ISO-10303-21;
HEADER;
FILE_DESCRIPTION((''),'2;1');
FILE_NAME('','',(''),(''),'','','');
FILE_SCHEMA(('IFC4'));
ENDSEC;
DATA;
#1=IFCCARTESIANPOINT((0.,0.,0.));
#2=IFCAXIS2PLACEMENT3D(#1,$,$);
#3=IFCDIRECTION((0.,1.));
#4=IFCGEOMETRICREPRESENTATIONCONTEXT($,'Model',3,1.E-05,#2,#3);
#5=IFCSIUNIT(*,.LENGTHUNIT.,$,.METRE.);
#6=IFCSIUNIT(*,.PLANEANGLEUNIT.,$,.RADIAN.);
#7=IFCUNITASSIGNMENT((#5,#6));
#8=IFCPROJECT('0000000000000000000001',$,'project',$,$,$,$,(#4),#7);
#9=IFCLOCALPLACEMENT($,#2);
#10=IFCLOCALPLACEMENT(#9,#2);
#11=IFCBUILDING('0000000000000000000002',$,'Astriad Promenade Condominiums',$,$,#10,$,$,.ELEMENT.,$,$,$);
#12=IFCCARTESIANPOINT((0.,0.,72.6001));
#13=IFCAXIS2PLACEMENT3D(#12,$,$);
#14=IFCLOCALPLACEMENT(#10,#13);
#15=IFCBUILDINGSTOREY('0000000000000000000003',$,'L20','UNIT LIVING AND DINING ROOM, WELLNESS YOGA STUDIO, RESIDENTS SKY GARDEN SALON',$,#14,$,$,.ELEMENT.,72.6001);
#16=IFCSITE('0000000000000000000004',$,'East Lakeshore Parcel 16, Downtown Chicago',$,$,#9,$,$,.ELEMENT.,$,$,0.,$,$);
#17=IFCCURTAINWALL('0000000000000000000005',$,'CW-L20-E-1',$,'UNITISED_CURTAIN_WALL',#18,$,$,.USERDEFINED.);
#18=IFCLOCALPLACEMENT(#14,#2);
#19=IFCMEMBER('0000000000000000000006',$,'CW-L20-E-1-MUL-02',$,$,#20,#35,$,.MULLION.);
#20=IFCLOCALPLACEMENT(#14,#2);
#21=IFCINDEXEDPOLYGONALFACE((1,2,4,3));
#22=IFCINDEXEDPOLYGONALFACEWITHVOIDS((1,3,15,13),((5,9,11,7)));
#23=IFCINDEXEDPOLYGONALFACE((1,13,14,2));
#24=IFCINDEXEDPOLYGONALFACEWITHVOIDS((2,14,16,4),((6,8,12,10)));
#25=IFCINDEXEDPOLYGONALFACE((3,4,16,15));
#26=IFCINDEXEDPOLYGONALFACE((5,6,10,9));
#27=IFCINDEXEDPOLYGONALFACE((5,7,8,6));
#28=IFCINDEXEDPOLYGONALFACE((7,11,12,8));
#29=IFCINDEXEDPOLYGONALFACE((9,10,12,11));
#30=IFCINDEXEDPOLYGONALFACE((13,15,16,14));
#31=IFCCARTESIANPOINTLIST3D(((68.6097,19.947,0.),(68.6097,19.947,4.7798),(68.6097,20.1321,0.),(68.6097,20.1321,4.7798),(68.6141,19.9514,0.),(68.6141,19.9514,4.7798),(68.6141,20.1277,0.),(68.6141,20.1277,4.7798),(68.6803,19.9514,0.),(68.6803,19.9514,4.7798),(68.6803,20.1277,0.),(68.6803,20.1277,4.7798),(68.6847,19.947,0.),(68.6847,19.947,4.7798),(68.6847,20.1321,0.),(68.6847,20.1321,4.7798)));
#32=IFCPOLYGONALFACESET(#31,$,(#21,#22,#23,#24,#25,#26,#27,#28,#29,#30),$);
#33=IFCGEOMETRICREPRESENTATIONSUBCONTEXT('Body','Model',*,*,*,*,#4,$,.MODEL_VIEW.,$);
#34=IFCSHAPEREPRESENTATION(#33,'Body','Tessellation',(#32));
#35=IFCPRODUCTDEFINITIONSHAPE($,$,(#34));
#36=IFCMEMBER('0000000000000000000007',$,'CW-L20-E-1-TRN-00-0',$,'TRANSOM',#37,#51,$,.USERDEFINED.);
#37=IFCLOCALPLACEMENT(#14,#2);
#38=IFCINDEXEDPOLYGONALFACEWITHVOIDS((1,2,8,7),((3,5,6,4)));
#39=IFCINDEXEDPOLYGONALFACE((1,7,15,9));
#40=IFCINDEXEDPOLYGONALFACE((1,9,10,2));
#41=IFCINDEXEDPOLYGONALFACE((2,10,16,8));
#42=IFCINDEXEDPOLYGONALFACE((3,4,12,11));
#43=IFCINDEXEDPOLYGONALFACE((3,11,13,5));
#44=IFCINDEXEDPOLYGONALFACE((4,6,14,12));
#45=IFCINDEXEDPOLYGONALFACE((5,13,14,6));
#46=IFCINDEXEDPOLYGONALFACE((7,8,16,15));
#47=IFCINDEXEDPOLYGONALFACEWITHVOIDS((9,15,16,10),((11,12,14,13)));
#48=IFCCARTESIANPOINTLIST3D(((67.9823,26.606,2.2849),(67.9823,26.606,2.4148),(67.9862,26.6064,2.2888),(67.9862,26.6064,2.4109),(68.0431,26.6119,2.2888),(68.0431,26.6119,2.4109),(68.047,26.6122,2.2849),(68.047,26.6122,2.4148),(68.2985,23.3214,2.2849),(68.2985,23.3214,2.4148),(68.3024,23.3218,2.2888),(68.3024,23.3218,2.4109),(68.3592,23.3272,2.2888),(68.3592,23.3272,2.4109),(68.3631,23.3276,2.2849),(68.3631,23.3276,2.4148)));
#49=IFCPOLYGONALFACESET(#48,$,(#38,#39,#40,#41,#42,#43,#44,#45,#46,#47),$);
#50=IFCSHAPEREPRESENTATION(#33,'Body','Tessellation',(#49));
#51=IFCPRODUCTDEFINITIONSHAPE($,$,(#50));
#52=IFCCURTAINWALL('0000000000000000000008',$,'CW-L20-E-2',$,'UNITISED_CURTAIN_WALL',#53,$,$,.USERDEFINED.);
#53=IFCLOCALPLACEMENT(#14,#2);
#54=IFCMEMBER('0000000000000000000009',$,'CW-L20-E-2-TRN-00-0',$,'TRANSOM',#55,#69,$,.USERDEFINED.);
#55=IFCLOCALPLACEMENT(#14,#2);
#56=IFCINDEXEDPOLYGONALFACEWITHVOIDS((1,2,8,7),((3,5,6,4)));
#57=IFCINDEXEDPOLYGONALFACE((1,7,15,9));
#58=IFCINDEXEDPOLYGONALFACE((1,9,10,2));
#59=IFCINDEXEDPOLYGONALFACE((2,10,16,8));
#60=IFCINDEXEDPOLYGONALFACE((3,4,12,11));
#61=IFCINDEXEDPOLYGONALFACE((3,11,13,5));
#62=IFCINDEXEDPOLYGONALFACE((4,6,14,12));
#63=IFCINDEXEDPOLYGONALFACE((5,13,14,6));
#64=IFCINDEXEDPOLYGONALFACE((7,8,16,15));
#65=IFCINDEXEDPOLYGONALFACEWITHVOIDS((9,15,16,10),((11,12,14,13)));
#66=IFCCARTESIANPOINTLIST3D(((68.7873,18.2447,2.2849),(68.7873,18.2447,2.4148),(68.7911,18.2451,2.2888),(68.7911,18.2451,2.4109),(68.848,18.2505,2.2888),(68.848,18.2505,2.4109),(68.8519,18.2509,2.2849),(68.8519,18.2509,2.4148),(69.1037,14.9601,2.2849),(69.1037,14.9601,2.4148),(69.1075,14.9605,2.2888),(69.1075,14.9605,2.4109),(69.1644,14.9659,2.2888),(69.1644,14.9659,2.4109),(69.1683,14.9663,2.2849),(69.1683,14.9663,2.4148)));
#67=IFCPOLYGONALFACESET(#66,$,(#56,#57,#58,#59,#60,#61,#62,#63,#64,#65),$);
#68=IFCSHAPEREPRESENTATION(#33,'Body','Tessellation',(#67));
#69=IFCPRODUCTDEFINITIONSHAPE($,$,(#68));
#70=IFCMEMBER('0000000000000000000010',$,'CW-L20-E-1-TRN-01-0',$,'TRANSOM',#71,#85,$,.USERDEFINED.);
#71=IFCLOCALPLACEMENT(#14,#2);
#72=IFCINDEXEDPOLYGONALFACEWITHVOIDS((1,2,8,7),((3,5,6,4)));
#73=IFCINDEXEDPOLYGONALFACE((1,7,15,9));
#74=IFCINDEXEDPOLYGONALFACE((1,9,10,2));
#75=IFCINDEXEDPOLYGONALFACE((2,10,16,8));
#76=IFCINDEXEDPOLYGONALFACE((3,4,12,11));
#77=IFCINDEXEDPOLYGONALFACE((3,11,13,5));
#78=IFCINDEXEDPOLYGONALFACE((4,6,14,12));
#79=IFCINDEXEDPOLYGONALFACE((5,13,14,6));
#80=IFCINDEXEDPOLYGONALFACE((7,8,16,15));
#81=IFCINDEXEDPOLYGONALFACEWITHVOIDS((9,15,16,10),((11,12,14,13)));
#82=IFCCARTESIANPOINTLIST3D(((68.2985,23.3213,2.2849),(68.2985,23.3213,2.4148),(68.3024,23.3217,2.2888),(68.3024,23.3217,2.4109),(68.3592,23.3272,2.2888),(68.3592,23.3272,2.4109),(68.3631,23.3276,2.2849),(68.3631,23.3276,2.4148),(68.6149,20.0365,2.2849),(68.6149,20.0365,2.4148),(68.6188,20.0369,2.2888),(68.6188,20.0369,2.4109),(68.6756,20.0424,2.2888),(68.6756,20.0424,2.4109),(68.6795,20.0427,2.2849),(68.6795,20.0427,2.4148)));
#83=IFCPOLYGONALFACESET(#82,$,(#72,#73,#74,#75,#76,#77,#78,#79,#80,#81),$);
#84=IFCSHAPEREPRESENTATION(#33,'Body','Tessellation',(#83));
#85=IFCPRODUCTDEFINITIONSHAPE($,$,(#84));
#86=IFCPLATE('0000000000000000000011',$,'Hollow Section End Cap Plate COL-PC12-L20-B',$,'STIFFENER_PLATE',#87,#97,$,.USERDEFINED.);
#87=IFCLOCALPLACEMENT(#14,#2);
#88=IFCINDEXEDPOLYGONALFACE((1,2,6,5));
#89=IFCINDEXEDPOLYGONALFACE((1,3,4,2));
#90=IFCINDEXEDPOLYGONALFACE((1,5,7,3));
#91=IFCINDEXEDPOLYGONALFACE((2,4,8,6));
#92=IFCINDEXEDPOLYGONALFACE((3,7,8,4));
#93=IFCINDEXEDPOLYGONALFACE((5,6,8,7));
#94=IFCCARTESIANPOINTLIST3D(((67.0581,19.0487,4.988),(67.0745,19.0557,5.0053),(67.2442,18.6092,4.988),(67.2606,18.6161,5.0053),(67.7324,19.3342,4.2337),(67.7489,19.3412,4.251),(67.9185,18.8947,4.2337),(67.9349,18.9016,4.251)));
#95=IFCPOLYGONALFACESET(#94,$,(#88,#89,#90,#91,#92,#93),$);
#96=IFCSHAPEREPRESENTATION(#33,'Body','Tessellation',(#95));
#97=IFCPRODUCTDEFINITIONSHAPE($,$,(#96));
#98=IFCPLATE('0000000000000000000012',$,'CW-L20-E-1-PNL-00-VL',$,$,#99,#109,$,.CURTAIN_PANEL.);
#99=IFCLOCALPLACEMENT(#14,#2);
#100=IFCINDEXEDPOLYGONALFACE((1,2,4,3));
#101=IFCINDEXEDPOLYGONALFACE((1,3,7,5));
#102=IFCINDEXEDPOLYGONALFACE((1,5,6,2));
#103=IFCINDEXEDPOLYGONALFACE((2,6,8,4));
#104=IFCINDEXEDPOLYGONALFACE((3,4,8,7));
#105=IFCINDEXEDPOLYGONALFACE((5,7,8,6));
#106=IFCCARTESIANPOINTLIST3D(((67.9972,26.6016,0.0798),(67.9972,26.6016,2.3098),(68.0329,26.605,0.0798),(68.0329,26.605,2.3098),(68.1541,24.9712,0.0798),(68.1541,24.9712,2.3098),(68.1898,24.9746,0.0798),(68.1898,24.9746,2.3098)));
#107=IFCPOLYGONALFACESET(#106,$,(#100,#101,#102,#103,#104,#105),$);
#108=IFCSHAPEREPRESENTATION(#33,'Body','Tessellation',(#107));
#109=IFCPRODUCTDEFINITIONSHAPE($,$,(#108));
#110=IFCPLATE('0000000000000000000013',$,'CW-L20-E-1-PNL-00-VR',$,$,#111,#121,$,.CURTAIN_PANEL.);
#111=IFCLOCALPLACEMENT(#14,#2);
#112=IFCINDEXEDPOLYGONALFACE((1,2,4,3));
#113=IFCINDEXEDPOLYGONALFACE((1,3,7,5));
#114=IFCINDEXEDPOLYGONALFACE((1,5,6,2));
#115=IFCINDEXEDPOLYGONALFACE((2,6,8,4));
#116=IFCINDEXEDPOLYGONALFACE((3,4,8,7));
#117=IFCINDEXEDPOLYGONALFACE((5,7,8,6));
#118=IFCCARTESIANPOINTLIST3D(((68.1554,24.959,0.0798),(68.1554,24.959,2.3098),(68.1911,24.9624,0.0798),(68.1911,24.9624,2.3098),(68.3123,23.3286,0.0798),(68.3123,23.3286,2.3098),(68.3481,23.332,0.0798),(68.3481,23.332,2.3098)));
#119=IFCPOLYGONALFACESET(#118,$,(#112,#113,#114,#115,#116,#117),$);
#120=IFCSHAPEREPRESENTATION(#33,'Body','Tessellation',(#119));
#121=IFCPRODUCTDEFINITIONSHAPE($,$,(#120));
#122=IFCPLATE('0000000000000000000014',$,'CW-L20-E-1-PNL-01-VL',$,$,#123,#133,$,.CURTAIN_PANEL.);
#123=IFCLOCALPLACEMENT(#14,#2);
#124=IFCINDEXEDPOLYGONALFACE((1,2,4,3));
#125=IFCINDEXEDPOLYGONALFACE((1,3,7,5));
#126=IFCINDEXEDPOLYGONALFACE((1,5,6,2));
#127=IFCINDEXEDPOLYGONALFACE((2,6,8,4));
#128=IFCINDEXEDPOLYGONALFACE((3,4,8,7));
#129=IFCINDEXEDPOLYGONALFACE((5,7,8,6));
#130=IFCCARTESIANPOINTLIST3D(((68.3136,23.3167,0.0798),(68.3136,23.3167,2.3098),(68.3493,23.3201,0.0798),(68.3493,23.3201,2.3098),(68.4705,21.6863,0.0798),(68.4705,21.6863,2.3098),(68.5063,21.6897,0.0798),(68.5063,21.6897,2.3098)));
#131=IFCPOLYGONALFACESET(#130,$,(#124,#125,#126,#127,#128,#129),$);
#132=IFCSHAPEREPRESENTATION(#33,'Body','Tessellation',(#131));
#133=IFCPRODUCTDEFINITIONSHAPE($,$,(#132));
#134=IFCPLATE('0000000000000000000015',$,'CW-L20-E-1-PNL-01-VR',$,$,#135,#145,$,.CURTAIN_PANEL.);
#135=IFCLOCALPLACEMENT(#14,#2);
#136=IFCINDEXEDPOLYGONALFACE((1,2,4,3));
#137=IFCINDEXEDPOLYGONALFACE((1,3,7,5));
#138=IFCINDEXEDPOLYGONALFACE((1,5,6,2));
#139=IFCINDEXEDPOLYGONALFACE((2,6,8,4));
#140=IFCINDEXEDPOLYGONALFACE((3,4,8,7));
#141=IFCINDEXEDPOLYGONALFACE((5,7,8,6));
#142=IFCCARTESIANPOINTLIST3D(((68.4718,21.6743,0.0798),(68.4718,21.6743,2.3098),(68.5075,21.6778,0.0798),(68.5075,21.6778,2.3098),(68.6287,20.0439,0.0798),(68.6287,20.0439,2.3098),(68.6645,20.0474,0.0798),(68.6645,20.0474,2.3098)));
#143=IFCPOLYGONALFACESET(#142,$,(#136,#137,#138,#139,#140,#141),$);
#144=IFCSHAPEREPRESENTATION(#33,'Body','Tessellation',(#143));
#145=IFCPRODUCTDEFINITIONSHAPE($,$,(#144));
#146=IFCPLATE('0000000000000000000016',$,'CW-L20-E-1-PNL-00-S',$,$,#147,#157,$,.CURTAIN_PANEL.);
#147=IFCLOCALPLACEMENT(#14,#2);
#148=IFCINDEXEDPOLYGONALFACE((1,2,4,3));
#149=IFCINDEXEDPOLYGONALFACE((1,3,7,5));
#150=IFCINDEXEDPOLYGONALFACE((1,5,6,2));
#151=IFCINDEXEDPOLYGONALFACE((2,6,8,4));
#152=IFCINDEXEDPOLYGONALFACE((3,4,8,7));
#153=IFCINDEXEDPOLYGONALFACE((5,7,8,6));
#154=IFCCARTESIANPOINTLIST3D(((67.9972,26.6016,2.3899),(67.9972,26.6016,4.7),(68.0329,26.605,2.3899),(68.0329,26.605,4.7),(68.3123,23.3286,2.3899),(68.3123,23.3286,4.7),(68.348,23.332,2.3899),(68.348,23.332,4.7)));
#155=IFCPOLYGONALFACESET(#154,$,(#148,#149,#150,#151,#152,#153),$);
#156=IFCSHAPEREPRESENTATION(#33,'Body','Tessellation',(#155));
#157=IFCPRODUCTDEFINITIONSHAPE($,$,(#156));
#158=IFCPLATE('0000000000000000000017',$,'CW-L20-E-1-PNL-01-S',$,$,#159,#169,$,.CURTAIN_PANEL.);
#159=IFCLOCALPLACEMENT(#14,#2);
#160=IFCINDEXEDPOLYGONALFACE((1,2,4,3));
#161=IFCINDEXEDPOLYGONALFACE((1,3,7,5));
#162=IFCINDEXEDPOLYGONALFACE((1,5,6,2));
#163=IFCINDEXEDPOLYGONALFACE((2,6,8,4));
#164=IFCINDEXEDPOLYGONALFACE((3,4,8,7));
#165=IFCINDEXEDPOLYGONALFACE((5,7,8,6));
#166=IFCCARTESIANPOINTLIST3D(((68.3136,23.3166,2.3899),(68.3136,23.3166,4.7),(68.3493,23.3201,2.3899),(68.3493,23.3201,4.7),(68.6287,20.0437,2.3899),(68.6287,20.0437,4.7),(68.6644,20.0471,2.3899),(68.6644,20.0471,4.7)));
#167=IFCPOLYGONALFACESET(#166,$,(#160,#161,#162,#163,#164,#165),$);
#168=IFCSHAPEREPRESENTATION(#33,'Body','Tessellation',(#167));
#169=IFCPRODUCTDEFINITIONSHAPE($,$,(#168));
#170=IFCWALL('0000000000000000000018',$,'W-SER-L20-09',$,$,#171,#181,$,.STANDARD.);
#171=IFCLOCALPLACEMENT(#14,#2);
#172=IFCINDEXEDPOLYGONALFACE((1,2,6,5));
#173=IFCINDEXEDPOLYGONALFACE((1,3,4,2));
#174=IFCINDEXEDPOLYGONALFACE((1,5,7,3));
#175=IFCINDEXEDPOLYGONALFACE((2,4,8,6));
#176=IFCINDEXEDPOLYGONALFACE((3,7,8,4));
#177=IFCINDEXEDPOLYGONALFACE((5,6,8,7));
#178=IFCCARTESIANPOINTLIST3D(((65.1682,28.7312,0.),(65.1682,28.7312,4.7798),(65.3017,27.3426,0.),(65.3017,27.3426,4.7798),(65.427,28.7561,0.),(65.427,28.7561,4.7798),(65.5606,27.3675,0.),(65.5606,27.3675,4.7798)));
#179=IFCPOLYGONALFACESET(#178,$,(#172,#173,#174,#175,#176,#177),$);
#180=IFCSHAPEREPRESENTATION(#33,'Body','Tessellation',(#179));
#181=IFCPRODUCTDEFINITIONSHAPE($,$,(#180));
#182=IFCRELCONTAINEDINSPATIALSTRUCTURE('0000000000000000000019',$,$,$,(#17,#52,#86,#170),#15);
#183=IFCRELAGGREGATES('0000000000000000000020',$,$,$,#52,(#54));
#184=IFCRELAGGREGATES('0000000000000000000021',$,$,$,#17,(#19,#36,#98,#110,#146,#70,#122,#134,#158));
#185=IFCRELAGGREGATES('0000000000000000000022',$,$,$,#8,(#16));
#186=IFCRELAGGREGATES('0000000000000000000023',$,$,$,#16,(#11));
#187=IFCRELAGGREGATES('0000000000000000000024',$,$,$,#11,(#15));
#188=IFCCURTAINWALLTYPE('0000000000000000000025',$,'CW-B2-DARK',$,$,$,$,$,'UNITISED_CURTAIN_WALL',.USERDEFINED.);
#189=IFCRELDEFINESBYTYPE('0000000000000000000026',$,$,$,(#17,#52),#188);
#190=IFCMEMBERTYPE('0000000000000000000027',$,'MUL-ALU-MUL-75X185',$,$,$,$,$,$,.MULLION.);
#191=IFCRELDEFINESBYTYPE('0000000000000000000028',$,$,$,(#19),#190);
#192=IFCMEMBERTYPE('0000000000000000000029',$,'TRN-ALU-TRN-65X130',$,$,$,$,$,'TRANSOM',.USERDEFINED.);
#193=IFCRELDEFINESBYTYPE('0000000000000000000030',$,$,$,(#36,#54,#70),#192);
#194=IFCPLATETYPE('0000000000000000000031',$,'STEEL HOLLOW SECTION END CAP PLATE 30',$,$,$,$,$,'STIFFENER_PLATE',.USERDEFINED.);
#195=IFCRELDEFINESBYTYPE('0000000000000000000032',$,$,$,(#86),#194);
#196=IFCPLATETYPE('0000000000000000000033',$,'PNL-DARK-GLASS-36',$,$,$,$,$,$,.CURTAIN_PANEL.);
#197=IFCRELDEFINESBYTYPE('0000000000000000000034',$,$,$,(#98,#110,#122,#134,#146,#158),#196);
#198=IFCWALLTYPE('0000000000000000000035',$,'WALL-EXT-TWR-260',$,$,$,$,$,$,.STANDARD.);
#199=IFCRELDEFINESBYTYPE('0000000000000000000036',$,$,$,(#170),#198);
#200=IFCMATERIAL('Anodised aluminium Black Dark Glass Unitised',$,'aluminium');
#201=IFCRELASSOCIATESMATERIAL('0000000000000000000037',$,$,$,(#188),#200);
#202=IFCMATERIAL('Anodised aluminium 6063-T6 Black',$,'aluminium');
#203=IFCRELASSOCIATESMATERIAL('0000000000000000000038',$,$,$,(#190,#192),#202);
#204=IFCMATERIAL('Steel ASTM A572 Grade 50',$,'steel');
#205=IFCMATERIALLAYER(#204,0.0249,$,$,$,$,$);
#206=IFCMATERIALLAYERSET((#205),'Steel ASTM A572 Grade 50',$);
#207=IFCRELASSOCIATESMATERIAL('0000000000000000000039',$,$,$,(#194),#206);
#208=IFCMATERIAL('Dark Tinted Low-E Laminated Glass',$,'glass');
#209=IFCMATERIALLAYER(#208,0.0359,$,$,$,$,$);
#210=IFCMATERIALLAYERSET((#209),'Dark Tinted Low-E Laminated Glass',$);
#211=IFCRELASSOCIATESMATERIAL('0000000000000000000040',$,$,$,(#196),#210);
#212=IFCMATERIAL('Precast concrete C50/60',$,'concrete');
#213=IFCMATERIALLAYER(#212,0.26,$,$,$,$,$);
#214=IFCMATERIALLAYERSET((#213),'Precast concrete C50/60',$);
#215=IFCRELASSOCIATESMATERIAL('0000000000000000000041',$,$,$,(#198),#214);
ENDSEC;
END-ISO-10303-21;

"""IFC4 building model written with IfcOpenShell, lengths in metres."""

from ifc_helpers import new_model, si_unit, direction, frame, frame_2d, origin, origin_2d, place, context, subcontext, project, spatial, rectangle, hollow_rectangle, extrude, source, transform, mapped, material, layer, layer_set, material_profile, profile_set, type_object, type_shapes, element, aggregate, save


model = new_model("IFC4")

# Units and contexts
model_context = context("Model", 3, precision=1e-05, world=origin(), true_north=direction((0.0, 1.0)))
body_context = subcontext(model_context, "Body", "Model", "MODEL_VIEW")
ifc_project = project(units=[si_unit("LENGTHUNIT", "METRE"), si_unit("PLANEANGLEUNIT", "RADIAN")], contexts=[model_context])

# Site, building, storey
site_placement = place(None, origin())
site = spatial("IfcSite", under=ifc_project, at=site_placement, Name="East Lakeshore Parcel 16, Downtown Chicago", CompositionType="ELEMENT", RefElevation=0.0)
building_placement = place(site_placement, origin())
building = spatial("IfcBuilding", under=site, at=building_placement, Name="Astriad Promenade Condominiums", CompositionType="ELEMENT")
storey_placement = place(building_placement, frame((0.0, 0.0, 72.6001)))
storey = spatial("IfcBuildingStorey", under=building, at=storey_placement, Name="L20", Description="UNIT LIVING AND DINING ROOM, WELLNESS YOGA STUDIO, RESIDENTS SKY GARDEN SALON", CompositionType="ELEMENT", Elevation=72.6001)

# Curtain wall, members
ifc_material_1 = material(Name="Anodised aluminium Black Dark Glass Unitised", Category="aluminium")
curtain_wall_type = type_object("IfcCurtainWallType", Name="CW-B2-DARK", ElementType="UNITISED_CURTAIN_WALL", PredefinedType="USERDEFINED", material=ifc_material_1)
curtain_wall_1_placement = place(storey_placement, origin())
curtain_wall_1 = element("IfcCurtainWall", 1, at=curtain_wall_1_placement, inside=storey, type_object=curtain_wall_type, Name="CW-L20-E-1", ObjectType="UNITISED_CURTAIN_WALL", PredefinedType="USERDEFINED")
ifc_material_2 = material(Name="Anodised aluminium 6063-T6 Black", Category="aluminium")
ifc_material_profile_1 = material_profile(ifc_material_2, hollow_rectangle(XDim=0.075, YDim=0.1851, WallThickness=0.0044, at=origin_2d()), Name="ALU-MUL-75X185")
ifc_profile_set_1 = profile_set([ifc_material_profile_1], Name="Anodised aluminium 6063-T6 Black")
member_type_1 = type_object("IfcMemberType", Name="MUL-ALU-MUL-75X185", PredefinedType="MULLION", material=ifc_profile_set_1)
shared_shape_1 = source(origin(), body_context, "Body", "SweptSolid", [
    extrude(hollow_rectangle(XDim=0.075, YDim=0.1851, WallThickness=0.0044, at=origin_2d()), origin(), (0.0, 0.0, 1.0), 4.7798),
])
type_shapes(member_type_1, [shared_shape_1])
member_1_placement = place(storey_placement, frame((68.6472, 20.0396, 0.0), z_axis=(0.0, 0.0, 1.0), x_axis=(1.0, 0.0, 0.0)))
member_1 = element("IfcMember", 2, at=member_1_placement, type_object=member_type_1, Name="CW-L20-E-1-MUL-02", PredefinedType="MULLION", context=body_context, shape_type="MappedRepresentation", body=[
    mapped(shared_shape_1, transform((0.0, 0.0, 0.0), scale=1.0)),
])
ifc_material_profile_2 = material_profile(ifc_material_2, hollow_rectangle(XDim=0.0649, YDim=0.1299, WallThickness=0.0039, at=origin_2d()), Name="ALU-TRN-65X130")
ifc_profile_set_2 = profile_set([ifc_material_profile_2], Name="Anodised aluminium 6063-T6 Black")
member_type_2 = type_object("IfcMemberType", Name="TRN-ALU-TRN-65X130", ElementType="TRANSOM", PredefinedType="USERDEFINED", material=ifc_profile_set_2)
shared_shape_2 = source(origin(), body_context, "Body", "SweptSolid", [
    extrude(hollow_rectangle(XDim=0.0649, YDim=0.1299, WallThickness=0.0039, at=origin_2d()), origin(), (0.0, 0.0, 1.0), 3.2998),
])
member_2_placement = place(storey_placement, frame((68.0146, 26.6091, 2.3499), z_axis=(0.095811, -0.9954, 0.0), x_axis=(0.9954, 0.095811, 0.0)))
member_2 = element("IfcMember", 3, at=member_2_placement, type_object=member_type_2, Name="CW-L20-E-1-TRN-00-0", ObjectType="TRANSOM", PredefinedType="USERDEFINED", context=body_context, shape_type="MappedRepresentation", body=[
    mapped(shared_shape_2, transform((0.0, 0.0, 0.0), scale=1.0)),
])

# Curtain wall, member
curtain_wall_2_placement = place(storey_placement, origin())
curtain_wall_2 = element("IfcCurtainWall", 4, at=curtain_wall_2_placement, inside=storey, type_object=curtain_wall_type, Name="CW-L20-E-2", ObjectType="UNITISED_CURTAIN_WALL", PredefinedType="USERDEFINED")
member_3_placement = place(storey_placement, frame((68.8196, 18.2478, 2.3499), z_axis=(0.095884, -0.995392, 0.0), x_axis=(0.995392, 0.095884, 0.0)))
member_3 = element("IfcMember", 5, at=member_3_placement, type_object=member_type_2, Name="CW-L20-E-2-TRN-00-0", ObjectType="TRANSOM", PredefinedType="USERDEFINED", context=body_context, shape_type="MappedRepresentation", body=[
    mapped(shared_shape_2, transform((0.0, 0.0, 0.0), scale=1.0)),
])
aggregate(curtain_wall_2, [member_3])

# Member
shared_shape_3 = source(origin(), body_context, "Body", "SweptSolid", [
    extrude(hollow_rectangle(XDim=0.0649, YDim=0.1299, WallThickness=0.0039, at=origin_2d()), origin(), (0.0, 0.0, 1.0), 3.3),
])
type_shapes(member_type_2, [shared_shape_2, shared_shape_3])
member_4_placement = place(storey_placement, frame((68.3308, 23.3245, 2.3499), z_axis=(0.095877, -0.995393, 0.0), x_axis=(0.995393, 0.095877, 0.0)))
member_4 = element("IfcMember", 6, at=member_4_placement, type_object=member_type_2, Name="CW-L20-E-1-TRN-01-0", ObjectType="TRANSOM", PredefinedType="USERDEFINED", context=body_context, shape_type="MappedRepresentation", body=[
    mapped(shared_shape_3, transform((0.0, 0.0, 0.0), scale=1.0)),
])

# Plates
ifc_material_3 = material(Name="Steel ASTM A572 Grade 50", Category="steel")
ifc_layer_1 = layer(ifc_material_3, 0.0249)
ifc_layer_set_1 = layer_set([ifc_layer_1], Name="Steel ASTM A572 Grade 50")
plate_type_1 = type_object("IfcPlateType", Name="STEEL HOLLOW SECTION END CAP PLATE 30", ElementType="STIFFENER_PLATE", PredefinedType="USERDEFINED", material=ifc_layer_set_1)
shared_shape_4 = source(origin(), body_context, "Body", "SweptSolid", [
    extrude(rectangle(XDim=0.4773, YDim=1.0513, at=origin_2d()), origin(), (0.0, 0.0, 1.0), 0.0249),
])
type_shapes(plate_type_1, [shared_shape_4])
plate_1_placement = place(storey_placement, frame((67.4883, 18.9717, 4.6108), z_axis=(0.660734, 0.279735, 0.696548), x_axis=(-0.38987, 0.92087, 0.0)))
element("IfcPlate", 7, at=plate_1_placement, inside=storey, type_object=plate_type_1, Name="Hollow Section End Cap Plate COL-PC12-L20-B", ObjectType="STIFFENER_PLATE", PredefinedType="USERDEFINED", context=body_context, shape_type="MappedRepresentation", body=[
    mapped(shared_shape_4, transform((0.0, 0.0, 0.0), scale=1.0)),
])
ifc_material_4 = material(Name="Dark Tinted Low-E Laminated Glass", Category="glass")
ifc_layer_2 = layer(ifc_material_4, 0.0359)
ifc_layer_set_2 = layer_set([ifc_layer_2], Name="Dark Tinted Low-E Laminated Glass")
plate_type_2 = type_object("IfcPlateType", Name="PNL-DARK-GLASS-36", PredefinedType="CURTAIN_PANEL", material=ifc_layer_set_2)
shared_shape_5 = source(origin(), body_context, "Body", "SweptSolid", [
    extrude(rectangle(XDim=1.6379, YDim=0.0359, at=origin_2d()), origin(), (0.0, 0.0, 1.0), 2.23),
])
plate_2_placement = place(storey_placement, frame((68.0935, 25.7881, 0.0798), z_axis=(0.0, 0.0, 1.0), x_axis=(0.095828, -0.995398, 0.0)))
plate_2 = element("IfcPlate", 8, at=plate_2_placement, type_object=plate_type_2, Name="CW-L20-E-1-PNL-00-VL", PredefinedType="CURTAIN_PANEL", context=body_context, shape_type="MappedRepresentation", body=[
    mapped(shared_shape_5, transform((0.0, 0.0, 0.0), scale=1.0)),
])
plate_3_placement = place(storey_placement, frame((68.2517, 24.1455, 0.0798), z_axis=(0.0, 0.0, 1.0), x_axis=(0.095828, -0.995398, 0.0)))
plate_3 = element("IfcPlate", 9, at=plate_3_placement, type_object=plate_type_2, Name="CW-L20-E-1-PNL-00-VR", PredefinedType="CURTAIN_PANEL", context=body_context, shape_type="MappedRepresentation", body=[
    mapped(shared_shape_5, transform((0.0, 0.0, 0.0), scale=1.0)),
])
plate_4_placement = place(storey_placement, frame((68.4099, 22.5032, 0.0798), z_axis=(0.0, 0.0, 1.0), x_axis=(0.095828, -0.995398, 0.0)))
plate_4 = element("IfcPlate", 10, at=plate_4_placement, type_object=plate_type_2, Name="CW-L20-E-1-PNL-01-VL", PredefinedType="CURTAIN_PANEL", context=body_context, shape_type="MappedRepresentation", body=[
    mapped(shared_shape_5, transform((0.0, 0.0, 0.0), scale=1.0)),
])
plate_5_placement = place(storey_placement, frame((68.5681, 20.8608, 0.0798), z_axis=(0.0, 0.0, 1.0), x_axis=(0.095828, -0.995398, 0.0)))
plate_5 = element("IfcPlate", 11, at=plate_5_placement, type_object=plate_type_2, Name="CW-L20-E-1-PNL-01-VR", PredefinedType="CURTAIN_PANEL", context=body_context, shape_type="MappedRepresentation", body=[
    mapped(shared_shape_5, transform((0.0, 0.0, 0.0), scale=1.0)),
])
shared_shape_6 = source(origin(), body_context, "Body", "SweptSolid", [
    extrude(rectangle(XDim=3.2881, YDim=0.0359, at=origin_2d()), origin(), (0.0, 0.0, 1.0), 2.3101),
])
type_shapes(plate_type_2, [shared_shape_5, shared_shape_6])
plate_6_placement = place(storey_placement, frame((68.1726, 24.9668, 2.3899), z_axis=(0.0, 0.0, 1.0), x_axis=(0.095828, -0.995398, 0.0)))
plate_6 = element("IfcPlate", 12, at=plate_6_placement, type_object=plate_type_2, Name="CW-L20-E-1-PNL-00-S", PredefinedType="CURTAIN_PANEL", context=body_context, shape_type="MappedRepresentation", body=[
    mapped(shared_shape_6, transform((0.0, 0.0, 0.0), scale=1.0)),
])
plate_7_placement = place(storey_placement, frame((68.489, 21.6819, 2.3899), z_axis=(0.0, 0.0, 1.0), x_axis=(0.095828, -0.995398, 0.0)))
plate_7 = element("IfcPlate", 13, at=plate_7_placement, type_object=plate_type_2, Name="CW-L20-E-1-PNL-01-S", PredefinedType="CURTAIN_PANEL", context=body_context, shape_type="MappedRepresentation", body=[
    mapped(shared_shape_6, transform((0.0, 0.0, 0.0), scale=1.0)),
])
aggregate(curtain_wall_1, [member_1, member_2, plate_2, plate_3, plate_6, member_4, plate_4, plate_5, plate_7])

# Wall
ifc_material_5 = material(Name="Precast concrete C50/60", Category="concrete")
ifc_layer_3 = layer(ifc_material_5, 0.26)
ifc_layer_set_3 = layer_set([ifc_layer_3], Name="Precast concrete C50/60")
wall_type = type_object("IfcWallType", Name="WALL-EXT-TWR-260", PredefinedType="STANDARD", material=ifc_layer_set_3)
for number, where, z_axis, x_axis, name in (
    (14, (65.2976, 28.7437, 0.0), (0.0, 0.0, 1.0), (0.095726, -0.995408, 0.0), "W-SER-L20-09"),
):
    element("IfcWall", number, at=place(storey_placement, frame(where, z_axis=z_axis, x_axis=x_axis)), inside=storey, type_object=wall_type, Name=name, PredefinedType="STANDARD", context=body_context, shape_type="SweptSolid", body=[
        extrude(rectangle(XDim=1.395, YDim=0.26, at=frame_2d((0.6975, 0.0))), origin(), (0.0, 0.0, 1.0), 4.7798),
    ])

save(model, "model.ifc")
